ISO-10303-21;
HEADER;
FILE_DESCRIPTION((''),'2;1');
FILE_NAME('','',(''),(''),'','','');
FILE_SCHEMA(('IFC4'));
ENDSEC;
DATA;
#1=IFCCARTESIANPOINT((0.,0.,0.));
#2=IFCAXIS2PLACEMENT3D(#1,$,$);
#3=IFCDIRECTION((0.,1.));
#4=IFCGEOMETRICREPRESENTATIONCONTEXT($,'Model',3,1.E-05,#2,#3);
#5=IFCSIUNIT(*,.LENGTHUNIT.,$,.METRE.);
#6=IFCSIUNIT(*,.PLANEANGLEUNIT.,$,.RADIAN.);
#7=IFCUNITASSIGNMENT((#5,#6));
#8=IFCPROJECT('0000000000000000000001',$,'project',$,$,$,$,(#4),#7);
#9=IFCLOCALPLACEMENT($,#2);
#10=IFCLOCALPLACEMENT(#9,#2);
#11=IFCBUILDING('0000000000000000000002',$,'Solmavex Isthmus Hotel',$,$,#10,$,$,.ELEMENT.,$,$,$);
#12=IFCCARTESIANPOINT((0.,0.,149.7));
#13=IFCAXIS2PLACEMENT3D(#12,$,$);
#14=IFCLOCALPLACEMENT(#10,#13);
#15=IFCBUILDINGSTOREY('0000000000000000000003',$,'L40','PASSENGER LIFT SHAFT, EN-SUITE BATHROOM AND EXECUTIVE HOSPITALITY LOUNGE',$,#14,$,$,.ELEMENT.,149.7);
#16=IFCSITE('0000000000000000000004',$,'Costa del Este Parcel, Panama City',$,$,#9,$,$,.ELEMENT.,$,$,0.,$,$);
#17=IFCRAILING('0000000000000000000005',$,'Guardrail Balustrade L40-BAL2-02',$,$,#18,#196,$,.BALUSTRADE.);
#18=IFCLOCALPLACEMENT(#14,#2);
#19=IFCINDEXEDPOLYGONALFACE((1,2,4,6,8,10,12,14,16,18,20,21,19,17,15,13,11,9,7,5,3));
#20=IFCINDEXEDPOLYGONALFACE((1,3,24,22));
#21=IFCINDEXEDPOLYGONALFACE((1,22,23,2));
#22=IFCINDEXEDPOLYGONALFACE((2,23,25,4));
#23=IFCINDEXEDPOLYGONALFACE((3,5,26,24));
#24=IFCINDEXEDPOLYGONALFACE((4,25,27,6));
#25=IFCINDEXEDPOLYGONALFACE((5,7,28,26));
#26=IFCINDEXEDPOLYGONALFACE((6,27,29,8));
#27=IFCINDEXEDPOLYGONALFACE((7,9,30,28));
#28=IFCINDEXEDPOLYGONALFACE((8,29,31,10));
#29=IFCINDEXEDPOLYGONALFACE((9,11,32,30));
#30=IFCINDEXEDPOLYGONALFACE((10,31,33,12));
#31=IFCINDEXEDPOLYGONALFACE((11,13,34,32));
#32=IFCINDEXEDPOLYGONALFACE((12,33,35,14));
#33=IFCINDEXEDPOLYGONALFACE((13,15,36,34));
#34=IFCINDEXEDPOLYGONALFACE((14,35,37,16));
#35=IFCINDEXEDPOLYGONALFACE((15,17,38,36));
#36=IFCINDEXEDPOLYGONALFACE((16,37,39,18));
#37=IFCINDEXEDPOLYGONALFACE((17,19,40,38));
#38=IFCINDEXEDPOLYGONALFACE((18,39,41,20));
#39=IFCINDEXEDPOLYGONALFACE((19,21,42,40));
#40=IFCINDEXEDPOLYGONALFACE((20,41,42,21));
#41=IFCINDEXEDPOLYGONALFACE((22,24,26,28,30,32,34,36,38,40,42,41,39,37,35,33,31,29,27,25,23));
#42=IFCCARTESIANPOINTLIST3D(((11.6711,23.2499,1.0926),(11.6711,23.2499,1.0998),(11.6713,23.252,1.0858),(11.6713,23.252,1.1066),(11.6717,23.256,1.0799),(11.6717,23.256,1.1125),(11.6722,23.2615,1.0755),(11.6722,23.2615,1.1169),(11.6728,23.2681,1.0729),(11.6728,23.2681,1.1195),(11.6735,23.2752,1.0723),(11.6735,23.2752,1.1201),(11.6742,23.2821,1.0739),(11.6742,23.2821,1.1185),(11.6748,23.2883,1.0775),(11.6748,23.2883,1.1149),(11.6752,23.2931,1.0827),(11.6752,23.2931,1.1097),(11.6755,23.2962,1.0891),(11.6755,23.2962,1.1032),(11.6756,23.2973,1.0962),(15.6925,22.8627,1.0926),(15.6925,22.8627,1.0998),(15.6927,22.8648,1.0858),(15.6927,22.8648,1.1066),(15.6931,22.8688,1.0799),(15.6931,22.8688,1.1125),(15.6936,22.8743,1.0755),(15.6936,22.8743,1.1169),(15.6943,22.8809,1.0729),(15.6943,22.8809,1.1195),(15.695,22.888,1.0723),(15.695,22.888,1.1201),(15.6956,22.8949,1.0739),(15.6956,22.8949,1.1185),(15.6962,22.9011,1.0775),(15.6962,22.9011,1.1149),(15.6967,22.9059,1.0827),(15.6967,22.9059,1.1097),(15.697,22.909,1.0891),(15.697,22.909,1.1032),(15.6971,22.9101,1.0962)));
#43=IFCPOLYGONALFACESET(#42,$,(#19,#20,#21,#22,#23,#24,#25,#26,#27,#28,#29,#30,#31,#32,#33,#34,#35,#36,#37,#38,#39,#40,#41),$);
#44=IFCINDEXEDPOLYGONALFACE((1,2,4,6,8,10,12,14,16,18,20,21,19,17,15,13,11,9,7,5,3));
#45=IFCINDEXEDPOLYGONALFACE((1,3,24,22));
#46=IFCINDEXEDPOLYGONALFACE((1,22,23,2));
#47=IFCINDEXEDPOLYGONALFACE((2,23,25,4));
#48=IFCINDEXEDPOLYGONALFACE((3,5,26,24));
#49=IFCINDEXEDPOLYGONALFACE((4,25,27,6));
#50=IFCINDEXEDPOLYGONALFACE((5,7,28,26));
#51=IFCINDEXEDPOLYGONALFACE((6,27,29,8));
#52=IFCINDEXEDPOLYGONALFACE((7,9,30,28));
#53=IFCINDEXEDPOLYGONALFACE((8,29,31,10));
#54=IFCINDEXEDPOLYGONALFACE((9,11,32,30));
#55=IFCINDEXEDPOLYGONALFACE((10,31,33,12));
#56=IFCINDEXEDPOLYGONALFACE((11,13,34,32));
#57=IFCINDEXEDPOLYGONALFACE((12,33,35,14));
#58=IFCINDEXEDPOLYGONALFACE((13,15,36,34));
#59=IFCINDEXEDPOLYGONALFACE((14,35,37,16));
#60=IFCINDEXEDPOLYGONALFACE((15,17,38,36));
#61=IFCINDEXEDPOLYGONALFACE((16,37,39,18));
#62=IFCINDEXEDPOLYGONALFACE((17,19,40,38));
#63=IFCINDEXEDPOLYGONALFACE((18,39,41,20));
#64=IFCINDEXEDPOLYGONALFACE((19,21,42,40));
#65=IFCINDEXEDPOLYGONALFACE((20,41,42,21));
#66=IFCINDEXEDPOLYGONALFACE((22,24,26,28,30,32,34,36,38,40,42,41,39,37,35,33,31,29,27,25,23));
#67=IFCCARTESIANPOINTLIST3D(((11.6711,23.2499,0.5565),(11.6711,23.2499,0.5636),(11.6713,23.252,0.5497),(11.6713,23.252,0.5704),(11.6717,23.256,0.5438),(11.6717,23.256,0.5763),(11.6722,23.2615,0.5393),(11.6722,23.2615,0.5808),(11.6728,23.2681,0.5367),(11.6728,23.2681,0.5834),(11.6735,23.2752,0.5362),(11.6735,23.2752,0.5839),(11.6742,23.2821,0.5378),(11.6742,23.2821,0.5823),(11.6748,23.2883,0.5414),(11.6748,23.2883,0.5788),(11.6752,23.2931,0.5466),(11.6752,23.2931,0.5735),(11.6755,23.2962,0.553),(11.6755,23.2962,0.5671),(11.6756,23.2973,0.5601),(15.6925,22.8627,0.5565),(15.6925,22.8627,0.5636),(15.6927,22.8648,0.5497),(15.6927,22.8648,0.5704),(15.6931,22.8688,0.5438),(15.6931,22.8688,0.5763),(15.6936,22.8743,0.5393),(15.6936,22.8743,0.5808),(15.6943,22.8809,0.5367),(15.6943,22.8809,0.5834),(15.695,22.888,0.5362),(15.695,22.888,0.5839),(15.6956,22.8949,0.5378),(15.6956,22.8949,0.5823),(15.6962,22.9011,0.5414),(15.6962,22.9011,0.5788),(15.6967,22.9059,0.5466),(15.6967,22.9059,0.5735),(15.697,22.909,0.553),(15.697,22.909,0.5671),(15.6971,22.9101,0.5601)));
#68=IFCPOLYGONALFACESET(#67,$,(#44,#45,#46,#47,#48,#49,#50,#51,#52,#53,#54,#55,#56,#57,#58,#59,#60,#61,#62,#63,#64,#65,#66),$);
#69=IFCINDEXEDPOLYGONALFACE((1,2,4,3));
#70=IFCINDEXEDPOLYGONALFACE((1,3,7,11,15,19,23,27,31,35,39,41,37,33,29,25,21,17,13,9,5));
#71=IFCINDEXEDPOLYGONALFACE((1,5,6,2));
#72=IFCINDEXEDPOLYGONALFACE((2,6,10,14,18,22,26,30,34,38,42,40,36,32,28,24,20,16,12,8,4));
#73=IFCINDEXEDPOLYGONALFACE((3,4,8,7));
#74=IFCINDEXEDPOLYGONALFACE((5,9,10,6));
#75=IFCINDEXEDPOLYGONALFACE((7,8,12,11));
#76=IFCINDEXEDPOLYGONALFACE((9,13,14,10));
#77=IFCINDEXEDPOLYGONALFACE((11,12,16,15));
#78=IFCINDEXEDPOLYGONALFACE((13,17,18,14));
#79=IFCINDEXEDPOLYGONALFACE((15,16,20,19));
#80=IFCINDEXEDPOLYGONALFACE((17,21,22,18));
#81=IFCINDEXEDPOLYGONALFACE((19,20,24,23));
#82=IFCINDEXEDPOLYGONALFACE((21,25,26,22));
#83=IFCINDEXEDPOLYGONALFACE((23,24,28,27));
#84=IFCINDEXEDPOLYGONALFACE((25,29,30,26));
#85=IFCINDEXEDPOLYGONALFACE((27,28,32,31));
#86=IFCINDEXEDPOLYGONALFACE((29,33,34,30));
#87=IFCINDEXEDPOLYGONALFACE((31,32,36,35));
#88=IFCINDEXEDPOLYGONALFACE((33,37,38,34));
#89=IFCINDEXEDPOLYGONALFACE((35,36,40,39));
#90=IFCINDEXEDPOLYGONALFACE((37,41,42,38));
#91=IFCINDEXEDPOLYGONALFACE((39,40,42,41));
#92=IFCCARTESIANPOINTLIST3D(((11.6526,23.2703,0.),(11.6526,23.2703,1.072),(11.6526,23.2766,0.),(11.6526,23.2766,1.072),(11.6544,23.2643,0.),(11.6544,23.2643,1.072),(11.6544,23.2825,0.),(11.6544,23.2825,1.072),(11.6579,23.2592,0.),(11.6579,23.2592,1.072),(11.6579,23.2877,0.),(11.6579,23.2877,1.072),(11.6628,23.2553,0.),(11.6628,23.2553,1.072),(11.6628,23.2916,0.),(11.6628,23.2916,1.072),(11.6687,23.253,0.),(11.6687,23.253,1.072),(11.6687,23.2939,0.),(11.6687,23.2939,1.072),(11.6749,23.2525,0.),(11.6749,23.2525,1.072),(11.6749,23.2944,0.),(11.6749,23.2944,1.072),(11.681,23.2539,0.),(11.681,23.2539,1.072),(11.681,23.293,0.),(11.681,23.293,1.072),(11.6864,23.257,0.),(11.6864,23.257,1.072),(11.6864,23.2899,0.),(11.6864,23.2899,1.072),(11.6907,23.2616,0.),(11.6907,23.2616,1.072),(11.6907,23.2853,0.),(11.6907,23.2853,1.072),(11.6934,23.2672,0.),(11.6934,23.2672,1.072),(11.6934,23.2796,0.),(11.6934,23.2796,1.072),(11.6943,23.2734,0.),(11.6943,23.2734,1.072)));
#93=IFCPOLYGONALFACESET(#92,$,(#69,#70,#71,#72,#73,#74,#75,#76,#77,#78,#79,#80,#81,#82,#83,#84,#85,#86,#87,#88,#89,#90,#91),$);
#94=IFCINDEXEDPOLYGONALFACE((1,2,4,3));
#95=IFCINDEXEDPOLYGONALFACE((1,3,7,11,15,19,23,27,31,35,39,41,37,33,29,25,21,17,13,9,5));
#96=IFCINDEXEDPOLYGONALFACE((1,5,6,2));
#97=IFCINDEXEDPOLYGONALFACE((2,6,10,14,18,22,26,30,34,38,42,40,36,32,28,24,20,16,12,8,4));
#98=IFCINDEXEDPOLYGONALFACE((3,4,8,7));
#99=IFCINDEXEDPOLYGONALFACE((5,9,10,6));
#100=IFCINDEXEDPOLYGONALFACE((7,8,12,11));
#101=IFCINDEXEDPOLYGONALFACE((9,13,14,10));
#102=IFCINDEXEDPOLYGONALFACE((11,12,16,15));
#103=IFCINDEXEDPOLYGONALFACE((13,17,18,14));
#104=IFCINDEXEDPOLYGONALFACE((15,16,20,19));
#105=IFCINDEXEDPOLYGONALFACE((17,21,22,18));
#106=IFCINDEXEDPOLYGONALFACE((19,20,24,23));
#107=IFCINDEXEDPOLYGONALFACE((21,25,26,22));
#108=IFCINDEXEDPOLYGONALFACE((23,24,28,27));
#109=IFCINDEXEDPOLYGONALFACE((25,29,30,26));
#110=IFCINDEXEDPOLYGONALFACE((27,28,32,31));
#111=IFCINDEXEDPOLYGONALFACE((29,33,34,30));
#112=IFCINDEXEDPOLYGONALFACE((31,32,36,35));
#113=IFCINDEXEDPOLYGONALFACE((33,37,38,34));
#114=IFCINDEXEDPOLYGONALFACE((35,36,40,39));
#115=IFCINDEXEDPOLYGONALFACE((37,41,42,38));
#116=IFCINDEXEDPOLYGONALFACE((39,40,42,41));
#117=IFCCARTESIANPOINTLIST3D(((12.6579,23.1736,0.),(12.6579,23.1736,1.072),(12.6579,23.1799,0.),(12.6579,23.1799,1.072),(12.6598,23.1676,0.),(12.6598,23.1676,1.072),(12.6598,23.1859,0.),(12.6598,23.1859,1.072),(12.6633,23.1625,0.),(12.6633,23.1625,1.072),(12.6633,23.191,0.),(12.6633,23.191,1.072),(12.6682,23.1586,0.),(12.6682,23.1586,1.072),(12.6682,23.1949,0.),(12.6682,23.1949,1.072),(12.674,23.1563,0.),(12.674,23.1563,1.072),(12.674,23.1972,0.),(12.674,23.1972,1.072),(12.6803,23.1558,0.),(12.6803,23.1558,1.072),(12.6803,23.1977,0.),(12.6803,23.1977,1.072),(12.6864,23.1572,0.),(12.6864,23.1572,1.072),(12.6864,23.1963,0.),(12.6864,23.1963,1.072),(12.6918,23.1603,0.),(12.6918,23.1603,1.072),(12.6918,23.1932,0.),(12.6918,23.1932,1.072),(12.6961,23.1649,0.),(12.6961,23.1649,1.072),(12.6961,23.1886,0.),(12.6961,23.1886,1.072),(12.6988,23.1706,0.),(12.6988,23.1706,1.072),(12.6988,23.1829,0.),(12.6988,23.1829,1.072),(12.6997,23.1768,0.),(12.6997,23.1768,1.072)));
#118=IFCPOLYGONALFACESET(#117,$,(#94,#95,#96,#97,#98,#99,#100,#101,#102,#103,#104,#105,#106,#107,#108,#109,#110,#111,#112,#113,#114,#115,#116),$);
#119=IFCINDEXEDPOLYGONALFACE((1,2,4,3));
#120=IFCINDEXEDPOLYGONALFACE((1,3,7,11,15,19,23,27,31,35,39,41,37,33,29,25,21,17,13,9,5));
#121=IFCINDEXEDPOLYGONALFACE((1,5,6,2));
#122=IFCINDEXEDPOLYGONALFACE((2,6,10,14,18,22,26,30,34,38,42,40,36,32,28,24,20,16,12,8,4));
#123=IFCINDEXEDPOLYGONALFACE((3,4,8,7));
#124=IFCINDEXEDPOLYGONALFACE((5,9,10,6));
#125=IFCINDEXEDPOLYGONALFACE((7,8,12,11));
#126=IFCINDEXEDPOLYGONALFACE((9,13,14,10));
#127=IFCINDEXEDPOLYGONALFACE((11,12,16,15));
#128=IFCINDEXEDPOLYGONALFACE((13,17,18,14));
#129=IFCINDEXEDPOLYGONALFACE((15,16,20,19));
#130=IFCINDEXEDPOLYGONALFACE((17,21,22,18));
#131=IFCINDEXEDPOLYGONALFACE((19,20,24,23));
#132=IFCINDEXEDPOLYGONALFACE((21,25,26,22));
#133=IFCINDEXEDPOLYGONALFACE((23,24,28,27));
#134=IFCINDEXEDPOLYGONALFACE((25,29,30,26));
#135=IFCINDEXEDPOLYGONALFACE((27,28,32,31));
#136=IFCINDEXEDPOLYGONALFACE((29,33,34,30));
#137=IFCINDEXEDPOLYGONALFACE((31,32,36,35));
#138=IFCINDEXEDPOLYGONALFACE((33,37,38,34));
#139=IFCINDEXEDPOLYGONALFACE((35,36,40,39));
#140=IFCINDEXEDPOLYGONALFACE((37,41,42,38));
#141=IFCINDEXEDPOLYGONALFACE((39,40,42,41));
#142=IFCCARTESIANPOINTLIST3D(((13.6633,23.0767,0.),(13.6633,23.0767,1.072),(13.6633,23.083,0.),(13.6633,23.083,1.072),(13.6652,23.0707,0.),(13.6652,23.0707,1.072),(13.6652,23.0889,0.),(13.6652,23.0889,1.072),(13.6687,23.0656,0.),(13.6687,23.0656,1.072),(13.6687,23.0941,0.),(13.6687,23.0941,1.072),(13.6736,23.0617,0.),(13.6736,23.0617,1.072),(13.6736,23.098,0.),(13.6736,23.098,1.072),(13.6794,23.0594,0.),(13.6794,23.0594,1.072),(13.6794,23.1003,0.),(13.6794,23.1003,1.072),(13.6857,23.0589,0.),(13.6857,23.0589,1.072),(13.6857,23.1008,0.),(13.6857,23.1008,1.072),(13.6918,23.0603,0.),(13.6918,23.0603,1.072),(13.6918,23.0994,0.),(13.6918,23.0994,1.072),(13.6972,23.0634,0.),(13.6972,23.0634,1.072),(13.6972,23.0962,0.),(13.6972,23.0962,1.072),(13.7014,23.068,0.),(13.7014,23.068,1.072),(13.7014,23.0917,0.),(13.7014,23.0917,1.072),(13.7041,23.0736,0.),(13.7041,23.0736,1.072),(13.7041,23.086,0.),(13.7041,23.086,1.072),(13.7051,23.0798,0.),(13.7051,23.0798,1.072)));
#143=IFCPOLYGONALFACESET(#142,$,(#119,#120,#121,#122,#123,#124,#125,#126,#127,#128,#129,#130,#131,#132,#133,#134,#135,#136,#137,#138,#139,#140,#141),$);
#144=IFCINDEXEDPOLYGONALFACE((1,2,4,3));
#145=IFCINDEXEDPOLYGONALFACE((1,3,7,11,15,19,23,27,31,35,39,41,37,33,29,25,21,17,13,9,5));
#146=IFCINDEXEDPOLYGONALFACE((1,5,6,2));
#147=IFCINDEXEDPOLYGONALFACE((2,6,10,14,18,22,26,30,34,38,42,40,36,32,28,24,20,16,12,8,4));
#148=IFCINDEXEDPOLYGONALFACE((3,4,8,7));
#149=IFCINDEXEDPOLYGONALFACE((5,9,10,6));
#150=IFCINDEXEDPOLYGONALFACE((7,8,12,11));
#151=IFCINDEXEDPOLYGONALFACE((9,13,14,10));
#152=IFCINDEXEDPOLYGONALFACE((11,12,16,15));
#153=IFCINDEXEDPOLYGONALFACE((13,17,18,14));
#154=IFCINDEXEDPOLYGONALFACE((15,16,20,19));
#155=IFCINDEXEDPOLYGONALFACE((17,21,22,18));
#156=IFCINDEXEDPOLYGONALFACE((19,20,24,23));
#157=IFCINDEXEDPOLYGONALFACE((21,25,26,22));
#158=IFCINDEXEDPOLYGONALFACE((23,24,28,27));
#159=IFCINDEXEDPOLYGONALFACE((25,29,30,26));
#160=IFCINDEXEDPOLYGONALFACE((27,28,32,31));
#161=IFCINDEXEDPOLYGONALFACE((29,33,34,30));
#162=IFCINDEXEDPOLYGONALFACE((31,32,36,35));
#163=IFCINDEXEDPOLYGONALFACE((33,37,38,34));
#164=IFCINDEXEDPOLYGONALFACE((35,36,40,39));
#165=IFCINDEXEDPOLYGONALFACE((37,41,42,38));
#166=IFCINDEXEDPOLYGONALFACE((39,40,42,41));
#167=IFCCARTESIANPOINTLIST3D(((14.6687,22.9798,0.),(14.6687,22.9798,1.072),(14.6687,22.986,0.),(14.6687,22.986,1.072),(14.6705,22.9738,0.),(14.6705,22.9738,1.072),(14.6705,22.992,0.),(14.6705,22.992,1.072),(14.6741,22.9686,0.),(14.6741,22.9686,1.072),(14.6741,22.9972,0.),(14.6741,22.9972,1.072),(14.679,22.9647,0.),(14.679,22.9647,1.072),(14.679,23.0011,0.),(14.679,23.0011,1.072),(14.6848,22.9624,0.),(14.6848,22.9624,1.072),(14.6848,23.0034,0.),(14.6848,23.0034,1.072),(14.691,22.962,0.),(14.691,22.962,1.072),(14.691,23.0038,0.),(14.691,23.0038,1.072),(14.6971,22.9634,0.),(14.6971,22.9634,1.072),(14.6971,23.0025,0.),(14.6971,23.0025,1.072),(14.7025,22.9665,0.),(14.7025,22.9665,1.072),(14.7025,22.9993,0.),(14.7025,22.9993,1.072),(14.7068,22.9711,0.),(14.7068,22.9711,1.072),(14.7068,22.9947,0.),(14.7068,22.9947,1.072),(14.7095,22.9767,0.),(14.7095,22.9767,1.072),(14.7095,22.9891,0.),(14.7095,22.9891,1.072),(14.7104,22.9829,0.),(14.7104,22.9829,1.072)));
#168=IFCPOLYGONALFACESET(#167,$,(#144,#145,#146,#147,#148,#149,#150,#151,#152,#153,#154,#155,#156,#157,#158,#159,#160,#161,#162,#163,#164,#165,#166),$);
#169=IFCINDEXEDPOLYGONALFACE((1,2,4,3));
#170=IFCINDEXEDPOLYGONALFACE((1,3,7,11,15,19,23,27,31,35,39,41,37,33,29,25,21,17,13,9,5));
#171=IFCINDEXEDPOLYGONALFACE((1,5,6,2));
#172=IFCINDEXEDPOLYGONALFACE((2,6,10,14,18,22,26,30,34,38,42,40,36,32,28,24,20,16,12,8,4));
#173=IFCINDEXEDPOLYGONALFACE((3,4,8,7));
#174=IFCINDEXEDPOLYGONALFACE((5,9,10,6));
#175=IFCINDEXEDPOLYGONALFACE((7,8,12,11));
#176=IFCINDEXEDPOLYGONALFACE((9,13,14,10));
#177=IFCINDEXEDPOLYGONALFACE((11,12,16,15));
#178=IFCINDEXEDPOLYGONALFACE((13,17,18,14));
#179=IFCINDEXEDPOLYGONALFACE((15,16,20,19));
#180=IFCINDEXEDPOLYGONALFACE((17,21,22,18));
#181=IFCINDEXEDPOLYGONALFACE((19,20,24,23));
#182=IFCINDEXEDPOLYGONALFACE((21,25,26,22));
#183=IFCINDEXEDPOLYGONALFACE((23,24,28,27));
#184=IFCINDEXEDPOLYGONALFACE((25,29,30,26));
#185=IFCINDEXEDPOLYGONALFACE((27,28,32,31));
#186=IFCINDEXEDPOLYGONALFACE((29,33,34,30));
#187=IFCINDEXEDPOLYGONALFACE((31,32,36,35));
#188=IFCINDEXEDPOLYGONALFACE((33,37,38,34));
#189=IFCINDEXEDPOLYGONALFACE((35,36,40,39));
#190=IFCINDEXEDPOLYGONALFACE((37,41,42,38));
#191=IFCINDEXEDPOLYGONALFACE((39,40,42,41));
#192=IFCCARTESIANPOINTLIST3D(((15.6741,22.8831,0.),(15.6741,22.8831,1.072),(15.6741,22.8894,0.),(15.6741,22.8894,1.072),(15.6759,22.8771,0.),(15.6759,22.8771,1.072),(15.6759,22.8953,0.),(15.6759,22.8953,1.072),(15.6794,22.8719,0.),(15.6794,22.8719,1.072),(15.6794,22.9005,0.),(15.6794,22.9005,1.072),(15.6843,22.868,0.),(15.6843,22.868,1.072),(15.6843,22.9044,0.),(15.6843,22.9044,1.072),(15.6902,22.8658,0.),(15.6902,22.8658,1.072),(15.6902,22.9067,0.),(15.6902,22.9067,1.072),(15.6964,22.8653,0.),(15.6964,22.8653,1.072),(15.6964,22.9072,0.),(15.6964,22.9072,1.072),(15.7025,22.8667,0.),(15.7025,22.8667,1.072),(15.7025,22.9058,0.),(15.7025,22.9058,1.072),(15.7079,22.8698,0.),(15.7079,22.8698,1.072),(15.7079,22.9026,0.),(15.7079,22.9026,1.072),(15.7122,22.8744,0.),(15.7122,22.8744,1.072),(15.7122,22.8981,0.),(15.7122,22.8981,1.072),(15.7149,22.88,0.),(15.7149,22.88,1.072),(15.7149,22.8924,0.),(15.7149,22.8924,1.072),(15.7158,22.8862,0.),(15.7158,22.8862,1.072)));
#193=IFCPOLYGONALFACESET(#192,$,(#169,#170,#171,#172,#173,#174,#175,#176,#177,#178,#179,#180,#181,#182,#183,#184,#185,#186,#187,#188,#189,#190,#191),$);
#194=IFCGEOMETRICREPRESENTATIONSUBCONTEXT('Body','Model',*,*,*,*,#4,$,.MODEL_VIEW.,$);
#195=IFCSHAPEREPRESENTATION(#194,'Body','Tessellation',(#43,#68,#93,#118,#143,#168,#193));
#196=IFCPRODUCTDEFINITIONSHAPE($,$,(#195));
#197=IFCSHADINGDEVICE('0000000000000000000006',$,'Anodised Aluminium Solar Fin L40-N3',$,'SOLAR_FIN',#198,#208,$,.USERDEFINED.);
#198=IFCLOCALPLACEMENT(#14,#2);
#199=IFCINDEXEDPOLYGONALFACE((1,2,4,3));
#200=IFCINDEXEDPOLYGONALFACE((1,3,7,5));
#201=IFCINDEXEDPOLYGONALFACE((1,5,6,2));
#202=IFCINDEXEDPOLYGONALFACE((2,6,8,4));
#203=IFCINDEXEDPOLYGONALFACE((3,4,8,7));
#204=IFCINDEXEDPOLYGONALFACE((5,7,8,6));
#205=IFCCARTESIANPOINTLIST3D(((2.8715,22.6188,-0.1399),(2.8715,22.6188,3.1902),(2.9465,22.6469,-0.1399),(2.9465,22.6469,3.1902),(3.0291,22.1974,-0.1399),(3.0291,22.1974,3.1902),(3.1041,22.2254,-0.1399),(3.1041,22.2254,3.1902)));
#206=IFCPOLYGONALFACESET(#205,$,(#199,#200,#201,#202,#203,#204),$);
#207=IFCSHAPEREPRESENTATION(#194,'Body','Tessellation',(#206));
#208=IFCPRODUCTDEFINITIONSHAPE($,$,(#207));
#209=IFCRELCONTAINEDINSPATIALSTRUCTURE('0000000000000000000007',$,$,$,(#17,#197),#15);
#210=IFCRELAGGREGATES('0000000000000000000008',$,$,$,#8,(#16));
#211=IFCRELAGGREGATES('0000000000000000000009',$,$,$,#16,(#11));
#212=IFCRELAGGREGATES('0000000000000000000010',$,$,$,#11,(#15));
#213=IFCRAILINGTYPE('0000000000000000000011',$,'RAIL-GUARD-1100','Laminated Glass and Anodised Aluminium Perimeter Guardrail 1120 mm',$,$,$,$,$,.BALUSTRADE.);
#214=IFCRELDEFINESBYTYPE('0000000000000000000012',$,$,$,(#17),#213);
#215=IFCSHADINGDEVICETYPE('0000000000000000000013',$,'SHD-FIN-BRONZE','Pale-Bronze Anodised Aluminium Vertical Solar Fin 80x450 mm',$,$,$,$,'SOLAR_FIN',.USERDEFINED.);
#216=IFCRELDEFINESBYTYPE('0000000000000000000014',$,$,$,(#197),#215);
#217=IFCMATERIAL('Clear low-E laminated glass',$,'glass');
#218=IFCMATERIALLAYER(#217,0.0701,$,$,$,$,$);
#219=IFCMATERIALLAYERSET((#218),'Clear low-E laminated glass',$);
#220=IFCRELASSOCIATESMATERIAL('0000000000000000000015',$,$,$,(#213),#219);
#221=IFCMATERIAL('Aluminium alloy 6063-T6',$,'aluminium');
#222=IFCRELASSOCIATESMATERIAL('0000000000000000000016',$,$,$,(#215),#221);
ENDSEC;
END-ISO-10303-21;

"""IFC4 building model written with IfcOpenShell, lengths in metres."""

from ifc_helpers import new_model, si_unit, direction, frame, origin, origin_2d, place, context, subcontext, project, spatial, rectangle, circle, extrude, material, layer, layer_set, type_object, element, save


model = new_model("IFC4")

# Units and contexts
model_context = context("Model", 3, precision=1e-05, world=origin(), true_north=direction((0.0, 1.0)))
body_context = subcontext(model_context, "Body", "Model", "MODEL_VIEW")
ifc_project = project(units=[si_unit("LENGTHUNIT", "METRE"), si_unit("PLANEANGLEUNIT", "RADIAN")], contexts=[model_context])

# Site, building, storey
site_placement = place(None, origin())
site = spatial("IfcSite", under=ifc_project, at=site_placement, Name="Costa del Este Parcel, Panama City", CompositionType="ELEMENT", RefElevation=0.0)
building_placement = place(site_placement, origin())
building = spatial("IfcBuilding", under=site, at=building_placement, Name="Solmavex Isthmus Hotel", CompositionType="ELEMENT")
storey_placement = place(building_placement, frame((0.0, 0.0, 149.7)))
storey = spatial("IfcBuildingStorey", under=building, at=storey_placement, Name="L40", Description="PASSENGER LIFT SHAFT, EN-SUITE BATHROOM AND EXECUTIVE HOSPITALITY LOUNGE", CompositionType="ELEMENT", Elevation=149.7)

# Shared definitions
ifc_material_1 = material(Name="Aluminium alloy 6063-T6", Category="aluminium")
ifc_material_2 = material(Name="Clear low-E laminated glass", Category="glass")

# Railing
ifc_layer_1 = layer(ifc_material_2, 0.0701)
ifc_layer_set_1 = layer_set([ifc_layer_1], Name="Clear low-E laminated glass")
railing_type = type_object("IfcRailingType", Name="RAIL-GUARD-1100", Description="Laminated Glass and Anodised Aluminium Perimeter Guardrail 1120 mm", PredefinedType="BALUSTRADE", material=ifc_layer_set_1)
railing_1_placement = place(storey_placement, frame((11.6733, 23.2734, 0.0)))
element("IfcRailing", 1, at=railing_1_placement, inside=storey, type_object=railing_type, Name="Guardrail Balustrade L40-BAL2-02", PredefinedType="BALUSTRADE", context=body_context, shape_type="SweptSolid", body=[
    extrude(circle(Radius=0.0239, at=origin_2d()), frame((0.0, 0.0, 1.0962), z_axis=(0.995397, -0.095841, 0.0), x_axis=(0.095841, 0.995397, 0.0)), (0.0, 0.0, 1.0), 4.04),
    extrude(circle(Radius=0.0239, at=origin_2d()), frame((0.0, 0.0, 0.5601), z_axis=(0.995397, -0.095841, 0.0), x_axis=(0.095841, 0.995397, 0.0)), (0.0, 0.0, 1.0), 4.04),
    extrude(circle(Radius=0.021, at=origin_2d()), origin(), (0.0, 0.0, 1.0), 1.072),
    extrude(circle(Radius=0.021, at=origin_2d()), frame((1.0054, -0.0967, 0.0)), (0.0, 0.0, 1.0), 1.072),
    extrude(circle(Radius=0.021, at=origin_2d()), frame((2.0107, -0.1936, 0.0)), (0.0, 0.0, 1.0), 1.072),
    extrude(circle(Radius=0.021, at=origin_2d()), frame((3.0161, -0.2905, 0.0)), (0.0, 0.0, 1.0), 1.072),
    extrude(circle(Radius=0.021, at=origin_2d()), frame((4.0215, -0.3872, 0.0)), (0.0, 0.0, 1.0), 1.072),
])

# Shading device
shading_device_type = type_object("IfcShadingDeviceType", Name="SHD-FIN-BRONZE", Description="Pale-Bronze Anodised Aluminium Vertical Solar Fin 80x450 mm", ElementType="SOLAR_FIN", PredefinedType="USERDEFINED", material=ifc_material_1)
shading_device_placement = place(storey_placement, frame((2.9878, 22.4221, -0.1399), z_axis=(0.0, 0.0, 1.0), x_axis=(-0.350207, 0.936672, 0.0)))
element("IfcShadingDevice", 2, at=shading_device_placement, inside=storey, type_object=shading_device_type, Name="Anodised Aluminium Solar Fin L40-N3", ObjectType="SOLAR_FIN", PredefinedType="USERDEFINED", context=body_context, shape_type="SweptSolid", body=[
    extrude(rectangle(XDim=0.45, YDim=0.0801, at=origin_2d()), origin(), (0.0, 0.0, 1.0), 3.3301),
])

save(model, "model.ifc")
